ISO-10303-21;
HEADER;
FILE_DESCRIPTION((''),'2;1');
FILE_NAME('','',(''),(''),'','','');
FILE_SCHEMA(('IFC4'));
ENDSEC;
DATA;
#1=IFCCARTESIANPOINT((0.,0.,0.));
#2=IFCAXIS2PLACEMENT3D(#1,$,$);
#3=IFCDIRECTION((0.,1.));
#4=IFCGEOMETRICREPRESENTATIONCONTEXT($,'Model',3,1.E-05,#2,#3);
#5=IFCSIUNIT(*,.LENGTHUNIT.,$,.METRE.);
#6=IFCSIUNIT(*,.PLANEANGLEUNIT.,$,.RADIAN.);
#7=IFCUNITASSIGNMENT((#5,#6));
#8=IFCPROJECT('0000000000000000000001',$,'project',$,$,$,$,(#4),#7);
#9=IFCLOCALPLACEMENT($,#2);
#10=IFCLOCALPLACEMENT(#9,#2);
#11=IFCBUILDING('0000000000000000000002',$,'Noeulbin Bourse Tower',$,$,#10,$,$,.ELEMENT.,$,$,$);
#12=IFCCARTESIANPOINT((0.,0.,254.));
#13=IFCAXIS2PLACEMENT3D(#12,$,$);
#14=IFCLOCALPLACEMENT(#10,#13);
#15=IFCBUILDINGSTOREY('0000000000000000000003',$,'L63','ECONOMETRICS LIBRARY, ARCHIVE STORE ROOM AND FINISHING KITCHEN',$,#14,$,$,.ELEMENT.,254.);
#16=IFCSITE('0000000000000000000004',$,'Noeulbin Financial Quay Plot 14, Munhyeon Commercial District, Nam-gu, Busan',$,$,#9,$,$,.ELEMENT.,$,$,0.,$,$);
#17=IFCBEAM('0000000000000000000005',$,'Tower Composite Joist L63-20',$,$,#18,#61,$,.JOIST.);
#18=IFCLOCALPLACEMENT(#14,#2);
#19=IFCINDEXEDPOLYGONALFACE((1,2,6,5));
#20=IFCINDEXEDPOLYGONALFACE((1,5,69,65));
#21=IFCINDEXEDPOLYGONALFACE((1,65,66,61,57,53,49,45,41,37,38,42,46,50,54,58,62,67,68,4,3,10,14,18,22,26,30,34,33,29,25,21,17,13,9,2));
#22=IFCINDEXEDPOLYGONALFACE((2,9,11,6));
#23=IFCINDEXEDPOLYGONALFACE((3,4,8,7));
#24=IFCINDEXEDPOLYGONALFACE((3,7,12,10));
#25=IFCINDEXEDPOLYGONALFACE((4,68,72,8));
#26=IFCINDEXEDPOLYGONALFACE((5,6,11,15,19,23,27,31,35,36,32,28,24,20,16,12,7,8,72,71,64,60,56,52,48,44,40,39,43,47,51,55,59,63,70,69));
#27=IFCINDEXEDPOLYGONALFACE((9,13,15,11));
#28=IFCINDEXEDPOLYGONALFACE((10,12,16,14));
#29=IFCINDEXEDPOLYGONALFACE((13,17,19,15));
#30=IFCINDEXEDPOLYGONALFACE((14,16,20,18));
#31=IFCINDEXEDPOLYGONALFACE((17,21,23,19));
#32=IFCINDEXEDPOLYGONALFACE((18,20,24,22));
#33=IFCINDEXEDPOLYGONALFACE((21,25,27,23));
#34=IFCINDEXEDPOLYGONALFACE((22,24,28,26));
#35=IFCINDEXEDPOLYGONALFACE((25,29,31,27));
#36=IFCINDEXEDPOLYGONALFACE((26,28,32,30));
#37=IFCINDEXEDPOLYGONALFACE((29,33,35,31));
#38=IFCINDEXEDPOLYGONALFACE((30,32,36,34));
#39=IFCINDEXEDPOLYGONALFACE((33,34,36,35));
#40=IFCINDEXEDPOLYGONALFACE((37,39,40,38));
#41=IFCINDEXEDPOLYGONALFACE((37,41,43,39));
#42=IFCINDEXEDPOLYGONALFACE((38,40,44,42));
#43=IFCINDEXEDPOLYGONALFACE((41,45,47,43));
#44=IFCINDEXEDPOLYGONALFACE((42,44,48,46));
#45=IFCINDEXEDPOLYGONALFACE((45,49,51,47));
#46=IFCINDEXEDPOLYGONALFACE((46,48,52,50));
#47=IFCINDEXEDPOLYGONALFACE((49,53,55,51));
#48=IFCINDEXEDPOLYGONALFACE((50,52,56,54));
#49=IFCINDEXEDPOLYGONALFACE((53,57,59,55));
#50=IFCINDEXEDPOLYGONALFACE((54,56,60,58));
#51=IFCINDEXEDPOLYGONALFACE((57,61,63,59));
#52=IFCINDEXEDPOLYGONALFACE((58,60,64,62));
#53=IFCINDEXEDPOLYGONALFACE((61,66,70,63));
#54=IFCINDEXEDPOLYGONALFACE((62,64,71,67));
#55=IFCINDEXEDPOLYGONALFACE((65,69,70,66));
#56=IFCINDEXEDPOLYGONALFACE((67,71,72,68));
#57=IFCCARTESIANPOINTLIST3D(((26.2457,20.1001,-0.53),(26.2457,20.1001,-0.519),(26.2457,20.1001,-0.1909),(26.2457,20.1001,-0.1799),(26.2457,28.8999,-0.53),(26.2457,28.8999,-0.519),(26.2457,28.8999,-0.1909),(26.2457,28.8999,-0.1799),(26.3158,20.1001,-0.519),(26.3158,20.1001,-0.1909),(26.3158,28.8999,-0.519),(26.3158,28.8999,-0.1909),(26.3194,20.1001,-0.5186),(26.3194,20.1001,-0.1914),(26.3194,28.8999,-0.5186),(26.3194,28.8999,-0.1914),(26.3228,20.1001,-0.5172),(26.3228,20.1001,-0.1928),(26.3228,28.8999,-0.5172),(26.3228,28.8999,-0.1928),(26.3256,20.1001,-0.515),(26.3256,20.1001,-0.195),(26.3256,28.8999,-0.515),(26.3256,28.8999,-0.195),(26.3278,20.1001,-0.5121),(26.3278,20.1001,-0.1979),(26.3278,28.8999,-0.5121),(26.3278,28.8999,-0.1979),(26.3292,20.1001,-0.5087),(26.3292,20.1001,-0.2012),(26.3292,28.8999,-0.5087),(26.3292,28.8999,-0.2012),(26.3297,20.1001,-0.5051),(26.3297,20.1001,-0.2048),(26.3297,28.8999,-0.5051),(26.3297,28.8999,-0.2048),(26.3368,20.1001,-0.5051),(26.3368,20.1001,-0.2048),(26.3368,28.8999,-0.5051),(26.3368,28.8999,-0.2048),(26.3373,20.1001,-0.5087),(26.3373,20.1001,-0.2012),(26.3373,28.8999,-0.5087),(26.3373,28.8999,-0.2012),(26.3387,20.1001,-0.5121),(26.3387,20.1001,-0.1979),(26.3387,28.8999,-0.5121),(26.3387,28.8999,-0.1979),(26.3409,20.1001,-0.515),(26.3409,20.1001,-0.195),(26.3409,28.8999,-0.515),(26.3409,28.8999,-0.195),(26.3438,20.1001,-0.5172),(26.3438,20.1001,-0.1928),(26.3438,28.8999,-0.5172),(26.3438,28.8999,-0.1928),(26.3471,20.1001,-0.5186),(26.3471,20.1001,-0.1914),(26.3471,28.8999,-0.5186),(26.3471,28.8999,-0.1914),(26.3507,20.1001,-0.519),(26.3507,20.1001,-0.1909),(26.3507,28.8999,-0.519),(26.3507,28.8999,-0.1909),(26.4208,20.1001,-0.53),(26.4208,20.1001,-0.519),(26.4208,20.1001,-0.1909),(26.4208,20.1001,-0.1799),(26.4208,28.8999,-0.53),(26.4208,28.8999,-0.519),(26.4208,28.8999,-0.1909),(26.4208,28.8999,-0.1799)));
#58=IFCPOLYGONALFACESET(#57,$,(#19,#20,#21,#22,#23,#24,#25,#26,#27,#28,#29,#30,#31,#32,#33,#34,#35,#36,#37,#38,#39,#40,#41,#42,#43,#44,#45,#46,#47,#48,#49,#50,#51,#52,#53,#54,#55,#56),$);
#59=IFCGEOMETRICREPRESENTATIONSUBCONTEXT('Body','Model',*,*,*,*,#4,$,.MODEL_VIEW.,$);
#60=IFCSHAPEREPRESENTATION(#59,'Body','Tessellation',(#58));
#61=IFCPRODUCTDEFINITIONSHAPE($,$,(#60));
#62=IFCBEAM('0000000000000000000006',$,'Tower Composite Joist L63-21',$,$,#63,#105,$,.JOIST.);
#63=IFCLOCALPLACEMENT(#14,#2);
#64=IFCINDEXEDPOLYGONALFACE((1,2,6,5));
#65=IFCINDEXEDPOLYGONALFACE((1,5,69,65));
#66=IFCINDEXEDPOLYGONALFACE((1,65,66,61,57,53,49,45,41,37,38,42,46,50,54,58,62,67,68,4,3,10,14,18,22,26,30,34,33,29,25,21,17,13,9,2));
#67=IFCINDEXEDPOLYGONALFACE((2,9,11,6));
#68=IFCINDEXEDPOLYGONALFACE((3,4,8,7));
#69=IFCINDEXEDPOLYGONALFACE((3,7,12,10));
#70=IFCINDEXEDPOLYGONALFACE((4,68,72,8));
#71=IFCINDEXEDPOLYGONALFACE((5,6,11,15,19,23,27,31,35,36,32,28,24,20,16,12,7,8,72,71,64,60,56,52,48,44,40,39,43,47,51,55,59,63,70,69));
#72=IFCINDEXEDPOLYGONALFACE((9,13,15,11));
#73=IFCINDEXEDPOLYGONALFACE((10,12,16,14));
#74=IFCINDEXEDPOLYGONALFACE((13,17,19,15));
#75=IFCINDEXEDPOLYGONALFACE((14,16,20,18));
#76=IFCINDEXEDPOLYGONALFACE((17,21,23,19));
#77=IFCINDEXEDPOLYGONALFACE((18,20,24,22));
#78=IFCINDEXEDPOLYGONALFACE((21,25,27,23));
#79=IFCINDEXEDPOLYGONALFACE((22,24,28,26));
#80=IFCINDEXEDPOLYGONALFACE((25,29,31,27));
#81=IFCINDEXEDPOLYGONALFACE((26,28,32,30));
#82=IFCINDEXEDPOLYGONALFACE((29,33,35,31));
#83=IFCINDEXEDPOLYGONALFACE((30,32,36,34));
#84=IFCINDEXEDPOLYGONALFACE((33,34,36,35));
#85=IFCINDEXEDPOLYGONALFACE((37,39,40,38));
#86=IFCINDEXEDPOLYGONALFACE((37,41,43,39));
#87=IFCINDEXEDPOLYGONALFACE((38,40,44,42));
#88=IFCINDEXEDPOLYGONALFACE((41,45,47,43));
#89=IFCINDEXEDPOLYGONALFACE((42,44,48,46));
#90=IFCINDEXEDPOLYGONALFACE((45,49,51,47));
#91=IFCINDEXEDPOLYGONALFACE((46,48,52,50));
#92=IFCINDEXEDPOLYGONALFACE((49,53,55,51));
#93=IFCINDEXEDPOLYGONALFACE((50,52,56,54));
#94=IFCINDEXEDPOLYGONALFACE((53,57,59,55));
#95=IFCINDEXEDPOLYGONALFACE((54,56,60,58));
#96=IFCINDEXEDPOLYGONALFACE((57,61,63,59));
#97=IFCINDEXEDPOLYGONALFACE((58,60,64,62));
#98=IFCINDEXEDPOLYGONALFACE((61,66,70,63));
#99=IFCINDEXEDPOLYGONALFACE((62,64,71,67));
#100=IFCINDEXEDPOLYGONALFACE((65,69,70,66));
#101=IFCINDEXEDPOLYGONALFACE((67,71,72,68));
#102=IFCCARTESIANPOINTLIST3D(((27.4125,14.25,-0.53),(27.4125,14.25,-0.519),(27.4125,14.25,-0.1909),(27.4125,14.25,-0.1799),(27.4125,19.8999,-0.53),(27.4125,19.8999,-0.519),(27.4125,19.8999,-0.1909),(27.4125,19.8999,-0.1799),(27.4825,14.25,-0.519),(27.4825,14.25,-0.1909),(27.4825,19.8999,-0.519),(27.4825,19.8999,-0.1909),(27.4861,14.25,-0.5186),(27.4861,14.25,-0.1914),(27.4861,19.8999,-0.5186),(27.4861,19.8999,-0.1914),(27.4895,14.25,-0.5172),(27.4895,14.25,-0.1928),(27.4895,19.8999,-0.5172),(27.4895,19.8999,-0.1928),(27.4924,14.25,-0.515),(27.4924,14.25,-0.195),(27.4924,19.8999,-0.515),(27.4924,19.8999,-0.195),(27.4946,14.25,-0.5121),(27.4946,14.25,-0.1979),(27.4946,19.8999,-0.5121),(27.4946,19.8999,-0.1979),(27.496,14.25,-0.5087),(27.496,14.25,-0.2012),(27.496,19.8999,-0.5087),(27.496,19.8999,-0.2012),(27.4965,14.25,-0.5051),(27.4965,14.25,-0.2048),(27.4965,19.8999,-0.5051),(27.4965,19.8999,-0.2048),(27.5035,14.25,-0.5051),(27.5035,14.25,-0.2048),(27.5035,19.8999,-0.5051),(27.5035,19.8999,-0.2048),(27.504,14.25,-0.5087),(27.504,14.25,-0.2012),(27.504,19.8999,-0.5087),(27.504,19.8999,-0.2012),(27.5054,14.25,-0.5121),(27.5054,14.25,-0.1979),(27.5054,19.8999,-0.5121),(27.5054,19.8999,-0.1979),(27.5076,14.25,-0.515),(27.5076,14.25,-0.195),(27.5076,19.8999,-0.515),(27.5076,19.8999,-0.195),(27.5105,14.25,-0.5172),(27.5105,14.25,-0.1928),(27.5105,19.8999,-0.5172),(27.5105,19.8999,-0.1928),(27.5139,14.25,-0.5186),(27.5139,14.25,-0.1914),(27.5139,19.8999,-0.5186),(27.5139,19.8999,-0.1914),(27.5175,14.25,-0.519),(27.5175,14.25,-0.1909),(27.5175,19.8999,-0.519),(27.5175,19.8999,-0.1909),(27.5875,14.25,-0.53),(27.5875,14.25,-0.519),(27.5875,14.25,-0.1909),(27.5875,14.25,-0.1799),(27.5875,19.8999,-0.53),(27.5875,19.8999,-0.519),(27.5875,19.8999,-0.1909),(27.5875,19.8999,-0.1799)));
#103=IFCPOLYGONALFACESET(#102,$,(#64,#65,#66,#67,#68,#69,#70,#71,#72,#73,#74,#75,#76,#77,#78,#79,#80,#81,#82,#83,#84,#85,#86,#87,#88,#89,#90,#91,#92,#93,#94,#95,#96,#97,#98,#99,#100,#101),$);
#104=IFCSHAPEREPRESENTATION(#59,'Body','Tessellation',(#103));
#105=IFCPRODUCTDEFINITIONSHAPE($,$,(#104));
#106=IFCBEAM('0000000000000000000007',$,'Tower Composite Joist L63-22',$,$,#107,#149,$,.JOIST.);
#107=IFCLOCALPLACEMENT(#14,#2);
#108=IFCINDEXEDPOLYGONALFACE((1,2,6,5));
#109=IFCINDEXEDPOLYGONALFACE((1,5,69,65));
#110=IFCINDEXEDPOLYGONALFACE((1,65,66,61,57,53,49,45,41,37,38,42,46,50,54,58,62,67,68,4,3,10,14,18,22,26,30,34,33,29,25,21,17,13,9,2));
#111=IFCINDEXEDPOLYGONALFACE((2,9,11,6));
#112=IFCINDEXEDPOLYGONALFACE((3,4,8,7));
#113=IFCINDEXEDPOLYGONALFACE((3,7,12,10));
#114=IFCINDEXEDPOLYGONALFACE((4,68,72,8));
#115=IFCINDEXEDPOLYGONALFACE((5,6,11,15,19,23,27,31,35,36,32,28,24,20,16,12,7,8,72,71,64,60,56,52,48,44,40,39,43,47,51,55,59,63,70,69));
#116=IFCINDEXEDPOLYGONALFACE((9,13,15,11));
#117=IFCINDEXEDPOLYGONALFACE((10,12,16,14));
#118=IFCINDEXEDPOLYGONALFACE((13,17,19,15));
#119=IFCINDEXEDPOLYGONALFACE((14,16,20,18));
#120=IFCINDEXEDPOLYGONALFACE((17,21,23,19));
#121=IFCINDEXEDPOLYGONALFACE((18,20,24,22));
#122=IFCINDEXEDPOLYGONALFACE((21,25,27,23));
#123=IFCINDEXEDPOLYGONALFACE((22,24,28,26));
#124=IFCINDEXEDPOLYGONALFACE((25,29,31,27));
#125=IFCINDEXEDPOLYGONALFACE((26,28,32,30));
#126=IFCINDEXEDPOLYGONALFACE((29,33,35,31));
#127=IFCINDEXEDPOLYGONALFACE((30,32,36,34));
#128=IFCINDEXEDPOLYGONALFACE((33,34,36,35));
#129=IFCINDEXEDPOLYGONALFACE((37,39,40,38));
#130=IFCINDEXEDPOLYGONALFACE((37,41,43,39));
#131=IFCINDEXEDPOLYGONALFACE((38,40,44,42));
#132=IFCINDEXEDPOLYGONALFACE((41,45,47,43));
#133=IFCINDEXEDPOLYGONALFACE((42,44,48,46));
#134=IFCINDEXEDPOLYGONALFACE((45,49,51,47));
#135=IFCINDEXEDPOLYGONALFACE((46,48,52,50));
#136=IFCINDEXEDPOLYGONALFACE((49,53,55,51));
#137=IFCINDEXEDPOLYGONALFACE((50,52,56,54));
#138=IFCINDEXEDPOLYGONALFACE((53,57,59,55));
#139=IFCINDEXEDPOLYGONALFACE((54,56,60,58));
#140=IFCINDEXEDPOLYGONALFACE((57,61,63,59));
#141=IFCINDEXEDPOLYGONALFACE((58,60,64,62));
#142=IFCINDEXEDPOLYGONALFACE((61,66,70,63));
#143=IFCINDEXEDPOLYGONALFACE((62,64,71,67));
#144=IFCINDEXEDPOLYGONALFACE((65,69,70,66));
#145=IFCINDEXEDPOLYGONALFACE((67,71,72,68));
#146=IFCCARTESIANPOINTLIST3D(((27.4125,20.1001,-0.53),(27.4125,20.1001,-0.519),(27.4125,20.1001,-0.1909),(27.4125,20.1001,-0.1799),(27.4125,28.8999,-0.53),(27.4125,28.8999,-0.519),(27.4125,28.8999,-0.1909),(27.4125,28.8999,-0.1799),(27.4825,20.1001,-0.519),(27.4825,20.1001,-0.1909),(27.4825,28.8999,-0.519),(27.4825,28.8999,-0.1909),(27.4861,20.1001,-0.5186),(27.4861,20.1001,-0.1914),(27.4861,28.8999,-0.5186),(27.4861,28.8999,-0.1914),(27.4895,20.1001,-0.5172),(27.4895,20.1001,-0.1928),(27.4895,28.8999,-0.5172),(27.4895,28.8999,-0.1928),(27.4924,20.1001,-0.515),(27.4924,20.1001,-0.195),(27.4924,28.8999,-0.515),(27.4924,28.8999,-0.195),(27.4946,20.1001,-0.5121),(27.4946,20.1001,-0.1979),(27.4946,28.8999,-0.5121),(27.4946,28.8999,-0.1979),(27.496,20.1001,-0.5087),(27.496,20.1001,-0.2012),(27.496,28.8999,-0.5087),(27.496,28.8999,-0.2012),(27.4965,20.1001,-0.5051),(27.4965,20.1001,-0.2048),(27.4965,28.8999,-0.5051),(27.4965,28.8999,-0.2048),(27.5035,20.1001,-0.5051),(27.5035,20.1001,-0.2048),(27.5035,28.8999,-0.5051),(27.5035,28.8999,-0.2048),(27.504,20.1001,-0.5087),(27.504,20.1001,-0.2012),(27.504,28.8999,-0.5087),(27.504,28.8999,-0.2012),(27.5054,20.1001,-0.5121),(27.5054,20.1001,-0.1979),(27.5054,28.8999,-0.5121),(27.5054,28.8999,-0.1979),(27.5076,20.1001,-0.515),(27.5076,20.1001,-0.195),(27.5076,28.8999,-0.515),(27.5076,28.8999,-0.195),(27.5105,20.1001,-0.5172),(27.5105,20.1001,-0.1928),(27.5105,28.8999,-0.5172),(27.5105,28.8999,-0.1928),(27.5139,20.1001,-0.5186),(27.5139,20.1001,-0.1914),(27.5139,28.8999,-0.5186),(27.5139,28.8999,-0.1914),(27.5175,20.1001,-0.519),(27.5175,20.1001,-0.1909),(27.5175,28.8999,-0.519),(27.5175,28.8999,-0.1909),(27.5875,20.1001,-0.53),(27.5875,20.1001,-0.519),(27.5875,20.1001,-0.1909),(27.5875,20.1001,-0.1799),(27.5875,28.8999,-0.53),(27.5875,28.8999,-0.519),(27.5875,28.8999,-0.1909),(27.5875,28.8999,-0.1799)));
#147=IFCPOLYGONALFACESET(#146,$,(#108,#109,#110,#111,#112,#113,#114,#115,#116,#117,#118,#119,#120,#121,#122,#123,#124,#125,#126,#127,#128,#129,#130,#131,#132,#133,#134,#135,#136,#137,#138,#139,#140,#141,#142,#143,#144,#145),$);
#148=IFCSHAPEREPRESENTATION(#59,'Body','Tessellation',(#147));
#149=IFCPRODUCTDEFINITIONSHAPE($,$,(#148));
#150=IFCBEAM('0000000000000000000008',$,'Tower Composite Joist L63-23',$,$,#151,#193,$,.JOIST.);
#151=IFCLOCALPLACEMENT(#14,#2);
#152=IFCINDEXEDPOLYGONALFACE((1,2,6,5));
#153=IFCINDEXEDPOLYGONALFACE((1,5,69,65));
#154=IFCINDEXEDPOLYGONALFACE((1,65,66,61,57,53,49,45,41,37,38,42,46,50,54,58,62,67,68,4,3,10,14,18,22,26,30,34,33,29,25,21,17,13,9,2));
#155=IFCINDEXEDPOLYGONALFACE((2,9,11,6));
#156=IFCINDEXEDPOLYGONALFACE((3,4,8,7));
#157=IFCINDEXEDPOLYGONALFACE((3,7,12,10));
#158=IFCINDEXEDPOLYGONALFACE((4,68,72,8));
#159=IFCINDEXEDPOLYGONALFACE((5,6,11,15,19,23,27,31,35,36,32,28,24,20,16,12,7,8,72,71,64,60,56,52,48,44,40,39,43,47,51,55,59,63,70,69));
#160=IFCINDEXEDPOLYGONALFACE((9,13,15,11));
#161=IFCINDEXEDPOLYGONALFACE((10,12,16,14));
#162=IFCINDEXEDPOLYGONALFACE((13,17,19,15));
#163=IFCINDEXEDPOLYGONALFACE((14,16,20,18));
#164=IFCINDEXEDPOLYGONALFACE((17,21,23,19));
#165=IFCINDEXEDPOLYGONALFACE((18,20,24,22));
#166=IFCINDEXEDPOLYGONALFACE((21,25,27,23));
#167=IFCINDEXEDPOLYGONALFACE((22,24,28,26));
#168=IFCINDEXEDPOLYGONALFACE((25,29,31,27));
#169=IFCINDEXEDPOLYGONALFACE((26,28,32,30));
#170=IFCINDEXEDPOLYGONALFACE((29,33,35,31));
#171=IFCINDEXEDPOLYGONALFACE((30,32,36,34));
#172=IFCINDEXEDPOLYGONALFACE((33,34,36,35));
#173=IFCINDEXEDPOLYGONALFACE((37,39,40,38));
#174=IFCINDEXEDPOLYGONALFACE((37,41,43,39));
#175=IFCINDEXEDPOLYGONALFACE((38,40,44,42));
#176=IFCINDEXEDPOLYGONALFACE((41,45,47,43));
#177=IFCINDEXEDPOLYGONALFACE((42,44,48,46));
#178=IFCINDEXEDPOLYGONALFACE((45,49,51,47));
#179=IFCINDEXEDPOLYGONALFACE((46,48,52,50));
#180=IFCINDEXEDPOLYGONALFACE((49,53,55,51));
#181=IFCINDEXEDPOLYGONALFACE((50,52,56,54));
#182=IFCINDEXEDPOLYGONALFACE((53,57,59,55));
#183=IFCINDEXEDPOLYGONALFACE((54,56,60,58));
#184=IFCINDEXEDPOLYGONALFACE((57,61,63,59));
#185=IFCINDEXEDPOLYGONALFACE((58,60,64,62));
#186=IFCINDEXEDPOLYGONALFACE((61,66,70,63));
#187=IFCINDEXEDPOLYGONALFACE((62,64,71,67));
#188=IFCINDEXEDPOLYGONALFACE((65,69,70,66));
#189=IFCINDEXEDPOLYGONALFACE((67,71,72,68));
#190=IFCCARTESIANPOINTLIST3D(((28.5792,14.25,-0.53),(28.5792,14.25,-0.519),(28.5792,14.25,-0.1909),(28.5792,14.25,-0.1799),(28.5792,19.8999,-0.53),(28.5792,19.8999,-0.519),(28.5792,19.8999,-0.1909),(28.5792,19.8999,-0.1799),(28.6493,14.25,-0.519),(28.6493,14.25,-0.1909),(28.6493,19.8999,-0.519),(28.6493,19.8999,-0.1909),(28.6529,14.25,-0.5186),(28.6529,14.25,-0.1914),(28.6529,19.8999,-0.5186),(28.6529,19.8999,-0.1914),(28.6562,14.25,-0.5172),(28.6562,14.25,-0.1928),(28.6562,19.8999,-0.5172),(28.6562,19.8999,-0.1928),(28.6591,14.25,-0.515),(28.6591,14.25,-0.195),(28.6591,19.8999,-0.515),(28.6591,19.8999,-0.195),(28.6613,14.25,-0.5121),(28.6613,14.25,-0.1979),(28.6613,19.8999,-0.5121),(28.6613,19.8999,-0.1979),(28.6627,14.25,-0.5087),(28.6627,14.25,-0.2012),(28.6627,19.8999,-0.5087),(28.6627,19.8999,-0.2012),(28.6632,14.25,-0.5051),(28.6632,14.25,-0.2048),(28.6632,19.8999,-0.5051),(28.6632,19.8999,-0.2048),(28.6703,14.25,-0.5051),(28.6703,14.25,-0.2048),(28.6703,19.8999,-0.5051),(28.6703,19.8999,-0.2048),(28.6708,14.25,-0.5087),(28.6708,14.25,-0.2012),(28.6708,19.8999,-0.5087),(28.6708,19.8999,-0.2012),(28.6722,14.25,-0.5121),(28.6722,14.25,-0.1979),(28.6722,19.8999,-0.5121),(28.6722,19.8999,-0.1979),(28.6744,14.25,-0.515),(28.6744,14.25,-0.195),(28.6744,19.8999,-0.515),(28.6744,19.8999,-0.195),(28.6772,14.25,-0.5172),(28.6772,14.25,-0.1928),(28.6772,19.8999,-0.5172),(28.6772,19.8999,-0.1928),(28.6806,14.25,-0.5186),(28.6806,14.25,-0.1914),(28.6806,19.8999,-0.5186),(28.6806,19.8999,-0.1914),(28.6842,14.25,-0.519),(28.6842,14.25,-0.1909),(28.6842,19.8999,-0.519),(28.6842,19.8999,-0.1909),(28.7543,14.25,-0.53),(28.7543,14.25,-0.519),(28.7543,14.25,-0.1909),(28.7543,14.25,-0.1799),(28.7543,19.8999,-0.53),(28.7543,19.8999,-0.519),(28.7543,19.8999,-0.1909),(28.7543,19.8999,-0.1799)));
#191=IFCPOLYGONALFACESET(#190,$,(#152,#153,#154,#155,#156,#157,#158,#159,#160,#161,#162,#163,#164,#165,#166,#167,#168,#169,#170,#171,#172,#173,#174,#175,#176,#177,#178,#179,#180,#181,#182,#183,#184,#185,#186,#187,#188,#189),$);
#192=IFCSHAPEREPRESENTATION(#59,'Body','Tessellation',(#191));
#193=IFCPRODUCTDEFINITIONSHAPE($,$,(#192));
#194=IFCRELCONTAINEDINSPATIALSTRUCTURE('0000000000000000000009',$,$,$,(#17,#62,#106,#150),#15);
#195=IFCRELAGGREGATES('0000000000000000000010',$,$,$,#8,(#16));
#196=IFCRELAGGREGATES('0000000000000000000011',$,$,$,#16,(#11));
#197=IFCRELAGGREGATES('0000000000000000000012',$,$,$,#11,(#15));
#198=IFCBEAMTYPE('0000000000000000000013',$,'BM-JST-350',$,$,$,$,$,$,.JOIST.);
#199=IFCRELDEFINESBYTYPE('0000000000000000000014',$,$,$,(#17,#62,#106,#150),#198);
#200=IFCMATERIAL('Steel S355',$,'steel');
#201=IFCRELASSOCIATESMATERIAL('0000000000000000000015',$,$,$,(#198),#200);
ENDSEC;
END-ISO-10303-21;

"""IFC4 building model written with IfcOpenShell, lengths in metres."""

from ifc_helpers import new_model, si_unit, direction, frame, origin, origin_2d, place, context, subcontext, project, spatial, i_section, extrude, material, material_profile, profile_set, type_object, element, save


model = new_model("IFC4")

# Units and contexts
model_context = context("Model", 3, precision=1e-05, world=origin(), true_north=direction((0.0, 1.0)))
body_context = subcontext(model_context, "Body", "Model", "MODEL_VIEW")
ifc_project = project(units=[si_unit("LENGTHUNIT", "METRE"), si_unit("PLANEANGLEUNIT", "RADIAN")], contexts=[model_context])

# Site, building, storey
site_placement = place(None, origin())
site = spatial("IfcSite", under=ifc_project, at=site_placement, Name="Noeulbin Financial Quay Plot 14, Munhyeon Commercial District, Nam-gu, Busan", CompositionType="ELEMENT", RefElevation=0.0)
building_placement = place(site_placement, origin())
building = spatial("IfcBuilding", under=site, at=building_placement, Name="Noeulbin Bourse Tower", CompositionType="ELEMENT")
storey_placement = place(building_placement, frame((0.0, 0.0, 254.0)))
storey = spatial("IfcBuildingStorey", under=building, at=storey_placement, Name="L63", Description="ECONOMETRICS LIBRARY, ARCHIVE STORE ROOM AND FINISHING KITCHEN", CompositionType="ELEMENT", Elevation=254.0)

# Shared definitions
ifc_material_1 = material(Name="Steel S355", Category="steel")

# Beams
ifc_material_profile_1 = material_profile(ifc_material_1, i_section(OverallWidth=0.175, OverallDepth=0.3501, WebThickness=0.0071, FlangeThickness=0.011, FilletRadius=0.0139, at=origin_2d()), Name="H-350x175x7x11", Category="LoadBearing")
ifc_profile_set_1 = profile_set([ifc_material_profile_1], Name="Steel S355")
beam_type_1 = type_object("IfcBeamType", Name="BM-JST-350", PredefinedType="JOIST", material=ifc_profile_set_1)
beam_1_placement = place(storey_placement, frame((26.3333, 20.1001, -0.355), z_axis=(0.0, 1.0, 0.0), x_axis=(-1.0, 0.0, 0.0)))
element("IfcBeam", 1, at=beam_1_placement, inside=storey, type_object=beam_type_1, Name="Tower Composite Joist L63-20", PredefinedType="JOIST", context=body_context, shape_type="SweptSolid", body=[
    extrude(i_section(OverallWidth=0.175, OverallDepth=0.3501, WebThickness=0.0071, FlangeThickness=0.011, FilletRadius=0.0139, at=origin_2d()), origin(), (0.0, 0.0, 1.0), 8.7998),
])
beam_2_placement = place(storey_placement, frame((27.5, 14.25, -0.355), z_axis=(0.0, 1.0, 0.0), x_axis=(-1.0, 0.0, 0.0)))
element("IfcBeam", 2, at=beam_2_placement, inside=storey, type_object=beam_type_1, Name="Tower Composite Joist L63-21", PredefinedType="JOIST", context=body_context, shape_type="SweptSolid", body=[
    extrude(i_section(OverallWidth=0.175, OverallDepth=0.3501, WebThickness=0.0071, FlangeThickness=0.011, FilletRadius=0.0139, at=origin_2d()), origin(), (0.0, 0.0, 1.0), 5.6499),
])
beam_3_placement = place(storey_placement, frame((27.5, 20.1001, -0.355), z_axis=(0.0, 1.0, 0.0), x_axis=(-1.0, 0.0, 0.0)))
element("IfcBeam", 3, at=beam_3_placement, inside=storey, type_object=beam_type_1, Name="Tower Composite Joist L63-22", PredefinedType="JOIST", context=body_context, shape_type="SweptSolid", body=[
    extrude(i_section(OverallWidth=0.175, OverallDepth=0.3501, WebThickness=0.0071, FlangeThickness=0.011, FilletRadius=0.0139, at=origin_2d()), origin(), (0.0, 0.0, 1.0), 8.7998),
])
beam_4_placement = place(storey_placement, frame((28.6667, 14.25, -0.355), z_axis=(0.0, 1.0, 0.0), x_axis=(-1.0, 0.0, 0.0)))
element("IfcBeam", 4, at=beam_4_placement, inside=storey, type_object=beam_type_1, Name="Tower Composite Joist L63-23", PredefinedType="JOIST", context=body_context, shape_type="SweptSolid", body=[
    extrude(i_section(OverallWidth=0.175, OverallDepth=0.3501, WebThickness=0.0071, FlangeThickness=0.011, FilletRadius=0.0139, at=origin_2d()), origin(), (0.0, 0.0, 1.0), 5.6499),
])

save(model, "model.ifc")
